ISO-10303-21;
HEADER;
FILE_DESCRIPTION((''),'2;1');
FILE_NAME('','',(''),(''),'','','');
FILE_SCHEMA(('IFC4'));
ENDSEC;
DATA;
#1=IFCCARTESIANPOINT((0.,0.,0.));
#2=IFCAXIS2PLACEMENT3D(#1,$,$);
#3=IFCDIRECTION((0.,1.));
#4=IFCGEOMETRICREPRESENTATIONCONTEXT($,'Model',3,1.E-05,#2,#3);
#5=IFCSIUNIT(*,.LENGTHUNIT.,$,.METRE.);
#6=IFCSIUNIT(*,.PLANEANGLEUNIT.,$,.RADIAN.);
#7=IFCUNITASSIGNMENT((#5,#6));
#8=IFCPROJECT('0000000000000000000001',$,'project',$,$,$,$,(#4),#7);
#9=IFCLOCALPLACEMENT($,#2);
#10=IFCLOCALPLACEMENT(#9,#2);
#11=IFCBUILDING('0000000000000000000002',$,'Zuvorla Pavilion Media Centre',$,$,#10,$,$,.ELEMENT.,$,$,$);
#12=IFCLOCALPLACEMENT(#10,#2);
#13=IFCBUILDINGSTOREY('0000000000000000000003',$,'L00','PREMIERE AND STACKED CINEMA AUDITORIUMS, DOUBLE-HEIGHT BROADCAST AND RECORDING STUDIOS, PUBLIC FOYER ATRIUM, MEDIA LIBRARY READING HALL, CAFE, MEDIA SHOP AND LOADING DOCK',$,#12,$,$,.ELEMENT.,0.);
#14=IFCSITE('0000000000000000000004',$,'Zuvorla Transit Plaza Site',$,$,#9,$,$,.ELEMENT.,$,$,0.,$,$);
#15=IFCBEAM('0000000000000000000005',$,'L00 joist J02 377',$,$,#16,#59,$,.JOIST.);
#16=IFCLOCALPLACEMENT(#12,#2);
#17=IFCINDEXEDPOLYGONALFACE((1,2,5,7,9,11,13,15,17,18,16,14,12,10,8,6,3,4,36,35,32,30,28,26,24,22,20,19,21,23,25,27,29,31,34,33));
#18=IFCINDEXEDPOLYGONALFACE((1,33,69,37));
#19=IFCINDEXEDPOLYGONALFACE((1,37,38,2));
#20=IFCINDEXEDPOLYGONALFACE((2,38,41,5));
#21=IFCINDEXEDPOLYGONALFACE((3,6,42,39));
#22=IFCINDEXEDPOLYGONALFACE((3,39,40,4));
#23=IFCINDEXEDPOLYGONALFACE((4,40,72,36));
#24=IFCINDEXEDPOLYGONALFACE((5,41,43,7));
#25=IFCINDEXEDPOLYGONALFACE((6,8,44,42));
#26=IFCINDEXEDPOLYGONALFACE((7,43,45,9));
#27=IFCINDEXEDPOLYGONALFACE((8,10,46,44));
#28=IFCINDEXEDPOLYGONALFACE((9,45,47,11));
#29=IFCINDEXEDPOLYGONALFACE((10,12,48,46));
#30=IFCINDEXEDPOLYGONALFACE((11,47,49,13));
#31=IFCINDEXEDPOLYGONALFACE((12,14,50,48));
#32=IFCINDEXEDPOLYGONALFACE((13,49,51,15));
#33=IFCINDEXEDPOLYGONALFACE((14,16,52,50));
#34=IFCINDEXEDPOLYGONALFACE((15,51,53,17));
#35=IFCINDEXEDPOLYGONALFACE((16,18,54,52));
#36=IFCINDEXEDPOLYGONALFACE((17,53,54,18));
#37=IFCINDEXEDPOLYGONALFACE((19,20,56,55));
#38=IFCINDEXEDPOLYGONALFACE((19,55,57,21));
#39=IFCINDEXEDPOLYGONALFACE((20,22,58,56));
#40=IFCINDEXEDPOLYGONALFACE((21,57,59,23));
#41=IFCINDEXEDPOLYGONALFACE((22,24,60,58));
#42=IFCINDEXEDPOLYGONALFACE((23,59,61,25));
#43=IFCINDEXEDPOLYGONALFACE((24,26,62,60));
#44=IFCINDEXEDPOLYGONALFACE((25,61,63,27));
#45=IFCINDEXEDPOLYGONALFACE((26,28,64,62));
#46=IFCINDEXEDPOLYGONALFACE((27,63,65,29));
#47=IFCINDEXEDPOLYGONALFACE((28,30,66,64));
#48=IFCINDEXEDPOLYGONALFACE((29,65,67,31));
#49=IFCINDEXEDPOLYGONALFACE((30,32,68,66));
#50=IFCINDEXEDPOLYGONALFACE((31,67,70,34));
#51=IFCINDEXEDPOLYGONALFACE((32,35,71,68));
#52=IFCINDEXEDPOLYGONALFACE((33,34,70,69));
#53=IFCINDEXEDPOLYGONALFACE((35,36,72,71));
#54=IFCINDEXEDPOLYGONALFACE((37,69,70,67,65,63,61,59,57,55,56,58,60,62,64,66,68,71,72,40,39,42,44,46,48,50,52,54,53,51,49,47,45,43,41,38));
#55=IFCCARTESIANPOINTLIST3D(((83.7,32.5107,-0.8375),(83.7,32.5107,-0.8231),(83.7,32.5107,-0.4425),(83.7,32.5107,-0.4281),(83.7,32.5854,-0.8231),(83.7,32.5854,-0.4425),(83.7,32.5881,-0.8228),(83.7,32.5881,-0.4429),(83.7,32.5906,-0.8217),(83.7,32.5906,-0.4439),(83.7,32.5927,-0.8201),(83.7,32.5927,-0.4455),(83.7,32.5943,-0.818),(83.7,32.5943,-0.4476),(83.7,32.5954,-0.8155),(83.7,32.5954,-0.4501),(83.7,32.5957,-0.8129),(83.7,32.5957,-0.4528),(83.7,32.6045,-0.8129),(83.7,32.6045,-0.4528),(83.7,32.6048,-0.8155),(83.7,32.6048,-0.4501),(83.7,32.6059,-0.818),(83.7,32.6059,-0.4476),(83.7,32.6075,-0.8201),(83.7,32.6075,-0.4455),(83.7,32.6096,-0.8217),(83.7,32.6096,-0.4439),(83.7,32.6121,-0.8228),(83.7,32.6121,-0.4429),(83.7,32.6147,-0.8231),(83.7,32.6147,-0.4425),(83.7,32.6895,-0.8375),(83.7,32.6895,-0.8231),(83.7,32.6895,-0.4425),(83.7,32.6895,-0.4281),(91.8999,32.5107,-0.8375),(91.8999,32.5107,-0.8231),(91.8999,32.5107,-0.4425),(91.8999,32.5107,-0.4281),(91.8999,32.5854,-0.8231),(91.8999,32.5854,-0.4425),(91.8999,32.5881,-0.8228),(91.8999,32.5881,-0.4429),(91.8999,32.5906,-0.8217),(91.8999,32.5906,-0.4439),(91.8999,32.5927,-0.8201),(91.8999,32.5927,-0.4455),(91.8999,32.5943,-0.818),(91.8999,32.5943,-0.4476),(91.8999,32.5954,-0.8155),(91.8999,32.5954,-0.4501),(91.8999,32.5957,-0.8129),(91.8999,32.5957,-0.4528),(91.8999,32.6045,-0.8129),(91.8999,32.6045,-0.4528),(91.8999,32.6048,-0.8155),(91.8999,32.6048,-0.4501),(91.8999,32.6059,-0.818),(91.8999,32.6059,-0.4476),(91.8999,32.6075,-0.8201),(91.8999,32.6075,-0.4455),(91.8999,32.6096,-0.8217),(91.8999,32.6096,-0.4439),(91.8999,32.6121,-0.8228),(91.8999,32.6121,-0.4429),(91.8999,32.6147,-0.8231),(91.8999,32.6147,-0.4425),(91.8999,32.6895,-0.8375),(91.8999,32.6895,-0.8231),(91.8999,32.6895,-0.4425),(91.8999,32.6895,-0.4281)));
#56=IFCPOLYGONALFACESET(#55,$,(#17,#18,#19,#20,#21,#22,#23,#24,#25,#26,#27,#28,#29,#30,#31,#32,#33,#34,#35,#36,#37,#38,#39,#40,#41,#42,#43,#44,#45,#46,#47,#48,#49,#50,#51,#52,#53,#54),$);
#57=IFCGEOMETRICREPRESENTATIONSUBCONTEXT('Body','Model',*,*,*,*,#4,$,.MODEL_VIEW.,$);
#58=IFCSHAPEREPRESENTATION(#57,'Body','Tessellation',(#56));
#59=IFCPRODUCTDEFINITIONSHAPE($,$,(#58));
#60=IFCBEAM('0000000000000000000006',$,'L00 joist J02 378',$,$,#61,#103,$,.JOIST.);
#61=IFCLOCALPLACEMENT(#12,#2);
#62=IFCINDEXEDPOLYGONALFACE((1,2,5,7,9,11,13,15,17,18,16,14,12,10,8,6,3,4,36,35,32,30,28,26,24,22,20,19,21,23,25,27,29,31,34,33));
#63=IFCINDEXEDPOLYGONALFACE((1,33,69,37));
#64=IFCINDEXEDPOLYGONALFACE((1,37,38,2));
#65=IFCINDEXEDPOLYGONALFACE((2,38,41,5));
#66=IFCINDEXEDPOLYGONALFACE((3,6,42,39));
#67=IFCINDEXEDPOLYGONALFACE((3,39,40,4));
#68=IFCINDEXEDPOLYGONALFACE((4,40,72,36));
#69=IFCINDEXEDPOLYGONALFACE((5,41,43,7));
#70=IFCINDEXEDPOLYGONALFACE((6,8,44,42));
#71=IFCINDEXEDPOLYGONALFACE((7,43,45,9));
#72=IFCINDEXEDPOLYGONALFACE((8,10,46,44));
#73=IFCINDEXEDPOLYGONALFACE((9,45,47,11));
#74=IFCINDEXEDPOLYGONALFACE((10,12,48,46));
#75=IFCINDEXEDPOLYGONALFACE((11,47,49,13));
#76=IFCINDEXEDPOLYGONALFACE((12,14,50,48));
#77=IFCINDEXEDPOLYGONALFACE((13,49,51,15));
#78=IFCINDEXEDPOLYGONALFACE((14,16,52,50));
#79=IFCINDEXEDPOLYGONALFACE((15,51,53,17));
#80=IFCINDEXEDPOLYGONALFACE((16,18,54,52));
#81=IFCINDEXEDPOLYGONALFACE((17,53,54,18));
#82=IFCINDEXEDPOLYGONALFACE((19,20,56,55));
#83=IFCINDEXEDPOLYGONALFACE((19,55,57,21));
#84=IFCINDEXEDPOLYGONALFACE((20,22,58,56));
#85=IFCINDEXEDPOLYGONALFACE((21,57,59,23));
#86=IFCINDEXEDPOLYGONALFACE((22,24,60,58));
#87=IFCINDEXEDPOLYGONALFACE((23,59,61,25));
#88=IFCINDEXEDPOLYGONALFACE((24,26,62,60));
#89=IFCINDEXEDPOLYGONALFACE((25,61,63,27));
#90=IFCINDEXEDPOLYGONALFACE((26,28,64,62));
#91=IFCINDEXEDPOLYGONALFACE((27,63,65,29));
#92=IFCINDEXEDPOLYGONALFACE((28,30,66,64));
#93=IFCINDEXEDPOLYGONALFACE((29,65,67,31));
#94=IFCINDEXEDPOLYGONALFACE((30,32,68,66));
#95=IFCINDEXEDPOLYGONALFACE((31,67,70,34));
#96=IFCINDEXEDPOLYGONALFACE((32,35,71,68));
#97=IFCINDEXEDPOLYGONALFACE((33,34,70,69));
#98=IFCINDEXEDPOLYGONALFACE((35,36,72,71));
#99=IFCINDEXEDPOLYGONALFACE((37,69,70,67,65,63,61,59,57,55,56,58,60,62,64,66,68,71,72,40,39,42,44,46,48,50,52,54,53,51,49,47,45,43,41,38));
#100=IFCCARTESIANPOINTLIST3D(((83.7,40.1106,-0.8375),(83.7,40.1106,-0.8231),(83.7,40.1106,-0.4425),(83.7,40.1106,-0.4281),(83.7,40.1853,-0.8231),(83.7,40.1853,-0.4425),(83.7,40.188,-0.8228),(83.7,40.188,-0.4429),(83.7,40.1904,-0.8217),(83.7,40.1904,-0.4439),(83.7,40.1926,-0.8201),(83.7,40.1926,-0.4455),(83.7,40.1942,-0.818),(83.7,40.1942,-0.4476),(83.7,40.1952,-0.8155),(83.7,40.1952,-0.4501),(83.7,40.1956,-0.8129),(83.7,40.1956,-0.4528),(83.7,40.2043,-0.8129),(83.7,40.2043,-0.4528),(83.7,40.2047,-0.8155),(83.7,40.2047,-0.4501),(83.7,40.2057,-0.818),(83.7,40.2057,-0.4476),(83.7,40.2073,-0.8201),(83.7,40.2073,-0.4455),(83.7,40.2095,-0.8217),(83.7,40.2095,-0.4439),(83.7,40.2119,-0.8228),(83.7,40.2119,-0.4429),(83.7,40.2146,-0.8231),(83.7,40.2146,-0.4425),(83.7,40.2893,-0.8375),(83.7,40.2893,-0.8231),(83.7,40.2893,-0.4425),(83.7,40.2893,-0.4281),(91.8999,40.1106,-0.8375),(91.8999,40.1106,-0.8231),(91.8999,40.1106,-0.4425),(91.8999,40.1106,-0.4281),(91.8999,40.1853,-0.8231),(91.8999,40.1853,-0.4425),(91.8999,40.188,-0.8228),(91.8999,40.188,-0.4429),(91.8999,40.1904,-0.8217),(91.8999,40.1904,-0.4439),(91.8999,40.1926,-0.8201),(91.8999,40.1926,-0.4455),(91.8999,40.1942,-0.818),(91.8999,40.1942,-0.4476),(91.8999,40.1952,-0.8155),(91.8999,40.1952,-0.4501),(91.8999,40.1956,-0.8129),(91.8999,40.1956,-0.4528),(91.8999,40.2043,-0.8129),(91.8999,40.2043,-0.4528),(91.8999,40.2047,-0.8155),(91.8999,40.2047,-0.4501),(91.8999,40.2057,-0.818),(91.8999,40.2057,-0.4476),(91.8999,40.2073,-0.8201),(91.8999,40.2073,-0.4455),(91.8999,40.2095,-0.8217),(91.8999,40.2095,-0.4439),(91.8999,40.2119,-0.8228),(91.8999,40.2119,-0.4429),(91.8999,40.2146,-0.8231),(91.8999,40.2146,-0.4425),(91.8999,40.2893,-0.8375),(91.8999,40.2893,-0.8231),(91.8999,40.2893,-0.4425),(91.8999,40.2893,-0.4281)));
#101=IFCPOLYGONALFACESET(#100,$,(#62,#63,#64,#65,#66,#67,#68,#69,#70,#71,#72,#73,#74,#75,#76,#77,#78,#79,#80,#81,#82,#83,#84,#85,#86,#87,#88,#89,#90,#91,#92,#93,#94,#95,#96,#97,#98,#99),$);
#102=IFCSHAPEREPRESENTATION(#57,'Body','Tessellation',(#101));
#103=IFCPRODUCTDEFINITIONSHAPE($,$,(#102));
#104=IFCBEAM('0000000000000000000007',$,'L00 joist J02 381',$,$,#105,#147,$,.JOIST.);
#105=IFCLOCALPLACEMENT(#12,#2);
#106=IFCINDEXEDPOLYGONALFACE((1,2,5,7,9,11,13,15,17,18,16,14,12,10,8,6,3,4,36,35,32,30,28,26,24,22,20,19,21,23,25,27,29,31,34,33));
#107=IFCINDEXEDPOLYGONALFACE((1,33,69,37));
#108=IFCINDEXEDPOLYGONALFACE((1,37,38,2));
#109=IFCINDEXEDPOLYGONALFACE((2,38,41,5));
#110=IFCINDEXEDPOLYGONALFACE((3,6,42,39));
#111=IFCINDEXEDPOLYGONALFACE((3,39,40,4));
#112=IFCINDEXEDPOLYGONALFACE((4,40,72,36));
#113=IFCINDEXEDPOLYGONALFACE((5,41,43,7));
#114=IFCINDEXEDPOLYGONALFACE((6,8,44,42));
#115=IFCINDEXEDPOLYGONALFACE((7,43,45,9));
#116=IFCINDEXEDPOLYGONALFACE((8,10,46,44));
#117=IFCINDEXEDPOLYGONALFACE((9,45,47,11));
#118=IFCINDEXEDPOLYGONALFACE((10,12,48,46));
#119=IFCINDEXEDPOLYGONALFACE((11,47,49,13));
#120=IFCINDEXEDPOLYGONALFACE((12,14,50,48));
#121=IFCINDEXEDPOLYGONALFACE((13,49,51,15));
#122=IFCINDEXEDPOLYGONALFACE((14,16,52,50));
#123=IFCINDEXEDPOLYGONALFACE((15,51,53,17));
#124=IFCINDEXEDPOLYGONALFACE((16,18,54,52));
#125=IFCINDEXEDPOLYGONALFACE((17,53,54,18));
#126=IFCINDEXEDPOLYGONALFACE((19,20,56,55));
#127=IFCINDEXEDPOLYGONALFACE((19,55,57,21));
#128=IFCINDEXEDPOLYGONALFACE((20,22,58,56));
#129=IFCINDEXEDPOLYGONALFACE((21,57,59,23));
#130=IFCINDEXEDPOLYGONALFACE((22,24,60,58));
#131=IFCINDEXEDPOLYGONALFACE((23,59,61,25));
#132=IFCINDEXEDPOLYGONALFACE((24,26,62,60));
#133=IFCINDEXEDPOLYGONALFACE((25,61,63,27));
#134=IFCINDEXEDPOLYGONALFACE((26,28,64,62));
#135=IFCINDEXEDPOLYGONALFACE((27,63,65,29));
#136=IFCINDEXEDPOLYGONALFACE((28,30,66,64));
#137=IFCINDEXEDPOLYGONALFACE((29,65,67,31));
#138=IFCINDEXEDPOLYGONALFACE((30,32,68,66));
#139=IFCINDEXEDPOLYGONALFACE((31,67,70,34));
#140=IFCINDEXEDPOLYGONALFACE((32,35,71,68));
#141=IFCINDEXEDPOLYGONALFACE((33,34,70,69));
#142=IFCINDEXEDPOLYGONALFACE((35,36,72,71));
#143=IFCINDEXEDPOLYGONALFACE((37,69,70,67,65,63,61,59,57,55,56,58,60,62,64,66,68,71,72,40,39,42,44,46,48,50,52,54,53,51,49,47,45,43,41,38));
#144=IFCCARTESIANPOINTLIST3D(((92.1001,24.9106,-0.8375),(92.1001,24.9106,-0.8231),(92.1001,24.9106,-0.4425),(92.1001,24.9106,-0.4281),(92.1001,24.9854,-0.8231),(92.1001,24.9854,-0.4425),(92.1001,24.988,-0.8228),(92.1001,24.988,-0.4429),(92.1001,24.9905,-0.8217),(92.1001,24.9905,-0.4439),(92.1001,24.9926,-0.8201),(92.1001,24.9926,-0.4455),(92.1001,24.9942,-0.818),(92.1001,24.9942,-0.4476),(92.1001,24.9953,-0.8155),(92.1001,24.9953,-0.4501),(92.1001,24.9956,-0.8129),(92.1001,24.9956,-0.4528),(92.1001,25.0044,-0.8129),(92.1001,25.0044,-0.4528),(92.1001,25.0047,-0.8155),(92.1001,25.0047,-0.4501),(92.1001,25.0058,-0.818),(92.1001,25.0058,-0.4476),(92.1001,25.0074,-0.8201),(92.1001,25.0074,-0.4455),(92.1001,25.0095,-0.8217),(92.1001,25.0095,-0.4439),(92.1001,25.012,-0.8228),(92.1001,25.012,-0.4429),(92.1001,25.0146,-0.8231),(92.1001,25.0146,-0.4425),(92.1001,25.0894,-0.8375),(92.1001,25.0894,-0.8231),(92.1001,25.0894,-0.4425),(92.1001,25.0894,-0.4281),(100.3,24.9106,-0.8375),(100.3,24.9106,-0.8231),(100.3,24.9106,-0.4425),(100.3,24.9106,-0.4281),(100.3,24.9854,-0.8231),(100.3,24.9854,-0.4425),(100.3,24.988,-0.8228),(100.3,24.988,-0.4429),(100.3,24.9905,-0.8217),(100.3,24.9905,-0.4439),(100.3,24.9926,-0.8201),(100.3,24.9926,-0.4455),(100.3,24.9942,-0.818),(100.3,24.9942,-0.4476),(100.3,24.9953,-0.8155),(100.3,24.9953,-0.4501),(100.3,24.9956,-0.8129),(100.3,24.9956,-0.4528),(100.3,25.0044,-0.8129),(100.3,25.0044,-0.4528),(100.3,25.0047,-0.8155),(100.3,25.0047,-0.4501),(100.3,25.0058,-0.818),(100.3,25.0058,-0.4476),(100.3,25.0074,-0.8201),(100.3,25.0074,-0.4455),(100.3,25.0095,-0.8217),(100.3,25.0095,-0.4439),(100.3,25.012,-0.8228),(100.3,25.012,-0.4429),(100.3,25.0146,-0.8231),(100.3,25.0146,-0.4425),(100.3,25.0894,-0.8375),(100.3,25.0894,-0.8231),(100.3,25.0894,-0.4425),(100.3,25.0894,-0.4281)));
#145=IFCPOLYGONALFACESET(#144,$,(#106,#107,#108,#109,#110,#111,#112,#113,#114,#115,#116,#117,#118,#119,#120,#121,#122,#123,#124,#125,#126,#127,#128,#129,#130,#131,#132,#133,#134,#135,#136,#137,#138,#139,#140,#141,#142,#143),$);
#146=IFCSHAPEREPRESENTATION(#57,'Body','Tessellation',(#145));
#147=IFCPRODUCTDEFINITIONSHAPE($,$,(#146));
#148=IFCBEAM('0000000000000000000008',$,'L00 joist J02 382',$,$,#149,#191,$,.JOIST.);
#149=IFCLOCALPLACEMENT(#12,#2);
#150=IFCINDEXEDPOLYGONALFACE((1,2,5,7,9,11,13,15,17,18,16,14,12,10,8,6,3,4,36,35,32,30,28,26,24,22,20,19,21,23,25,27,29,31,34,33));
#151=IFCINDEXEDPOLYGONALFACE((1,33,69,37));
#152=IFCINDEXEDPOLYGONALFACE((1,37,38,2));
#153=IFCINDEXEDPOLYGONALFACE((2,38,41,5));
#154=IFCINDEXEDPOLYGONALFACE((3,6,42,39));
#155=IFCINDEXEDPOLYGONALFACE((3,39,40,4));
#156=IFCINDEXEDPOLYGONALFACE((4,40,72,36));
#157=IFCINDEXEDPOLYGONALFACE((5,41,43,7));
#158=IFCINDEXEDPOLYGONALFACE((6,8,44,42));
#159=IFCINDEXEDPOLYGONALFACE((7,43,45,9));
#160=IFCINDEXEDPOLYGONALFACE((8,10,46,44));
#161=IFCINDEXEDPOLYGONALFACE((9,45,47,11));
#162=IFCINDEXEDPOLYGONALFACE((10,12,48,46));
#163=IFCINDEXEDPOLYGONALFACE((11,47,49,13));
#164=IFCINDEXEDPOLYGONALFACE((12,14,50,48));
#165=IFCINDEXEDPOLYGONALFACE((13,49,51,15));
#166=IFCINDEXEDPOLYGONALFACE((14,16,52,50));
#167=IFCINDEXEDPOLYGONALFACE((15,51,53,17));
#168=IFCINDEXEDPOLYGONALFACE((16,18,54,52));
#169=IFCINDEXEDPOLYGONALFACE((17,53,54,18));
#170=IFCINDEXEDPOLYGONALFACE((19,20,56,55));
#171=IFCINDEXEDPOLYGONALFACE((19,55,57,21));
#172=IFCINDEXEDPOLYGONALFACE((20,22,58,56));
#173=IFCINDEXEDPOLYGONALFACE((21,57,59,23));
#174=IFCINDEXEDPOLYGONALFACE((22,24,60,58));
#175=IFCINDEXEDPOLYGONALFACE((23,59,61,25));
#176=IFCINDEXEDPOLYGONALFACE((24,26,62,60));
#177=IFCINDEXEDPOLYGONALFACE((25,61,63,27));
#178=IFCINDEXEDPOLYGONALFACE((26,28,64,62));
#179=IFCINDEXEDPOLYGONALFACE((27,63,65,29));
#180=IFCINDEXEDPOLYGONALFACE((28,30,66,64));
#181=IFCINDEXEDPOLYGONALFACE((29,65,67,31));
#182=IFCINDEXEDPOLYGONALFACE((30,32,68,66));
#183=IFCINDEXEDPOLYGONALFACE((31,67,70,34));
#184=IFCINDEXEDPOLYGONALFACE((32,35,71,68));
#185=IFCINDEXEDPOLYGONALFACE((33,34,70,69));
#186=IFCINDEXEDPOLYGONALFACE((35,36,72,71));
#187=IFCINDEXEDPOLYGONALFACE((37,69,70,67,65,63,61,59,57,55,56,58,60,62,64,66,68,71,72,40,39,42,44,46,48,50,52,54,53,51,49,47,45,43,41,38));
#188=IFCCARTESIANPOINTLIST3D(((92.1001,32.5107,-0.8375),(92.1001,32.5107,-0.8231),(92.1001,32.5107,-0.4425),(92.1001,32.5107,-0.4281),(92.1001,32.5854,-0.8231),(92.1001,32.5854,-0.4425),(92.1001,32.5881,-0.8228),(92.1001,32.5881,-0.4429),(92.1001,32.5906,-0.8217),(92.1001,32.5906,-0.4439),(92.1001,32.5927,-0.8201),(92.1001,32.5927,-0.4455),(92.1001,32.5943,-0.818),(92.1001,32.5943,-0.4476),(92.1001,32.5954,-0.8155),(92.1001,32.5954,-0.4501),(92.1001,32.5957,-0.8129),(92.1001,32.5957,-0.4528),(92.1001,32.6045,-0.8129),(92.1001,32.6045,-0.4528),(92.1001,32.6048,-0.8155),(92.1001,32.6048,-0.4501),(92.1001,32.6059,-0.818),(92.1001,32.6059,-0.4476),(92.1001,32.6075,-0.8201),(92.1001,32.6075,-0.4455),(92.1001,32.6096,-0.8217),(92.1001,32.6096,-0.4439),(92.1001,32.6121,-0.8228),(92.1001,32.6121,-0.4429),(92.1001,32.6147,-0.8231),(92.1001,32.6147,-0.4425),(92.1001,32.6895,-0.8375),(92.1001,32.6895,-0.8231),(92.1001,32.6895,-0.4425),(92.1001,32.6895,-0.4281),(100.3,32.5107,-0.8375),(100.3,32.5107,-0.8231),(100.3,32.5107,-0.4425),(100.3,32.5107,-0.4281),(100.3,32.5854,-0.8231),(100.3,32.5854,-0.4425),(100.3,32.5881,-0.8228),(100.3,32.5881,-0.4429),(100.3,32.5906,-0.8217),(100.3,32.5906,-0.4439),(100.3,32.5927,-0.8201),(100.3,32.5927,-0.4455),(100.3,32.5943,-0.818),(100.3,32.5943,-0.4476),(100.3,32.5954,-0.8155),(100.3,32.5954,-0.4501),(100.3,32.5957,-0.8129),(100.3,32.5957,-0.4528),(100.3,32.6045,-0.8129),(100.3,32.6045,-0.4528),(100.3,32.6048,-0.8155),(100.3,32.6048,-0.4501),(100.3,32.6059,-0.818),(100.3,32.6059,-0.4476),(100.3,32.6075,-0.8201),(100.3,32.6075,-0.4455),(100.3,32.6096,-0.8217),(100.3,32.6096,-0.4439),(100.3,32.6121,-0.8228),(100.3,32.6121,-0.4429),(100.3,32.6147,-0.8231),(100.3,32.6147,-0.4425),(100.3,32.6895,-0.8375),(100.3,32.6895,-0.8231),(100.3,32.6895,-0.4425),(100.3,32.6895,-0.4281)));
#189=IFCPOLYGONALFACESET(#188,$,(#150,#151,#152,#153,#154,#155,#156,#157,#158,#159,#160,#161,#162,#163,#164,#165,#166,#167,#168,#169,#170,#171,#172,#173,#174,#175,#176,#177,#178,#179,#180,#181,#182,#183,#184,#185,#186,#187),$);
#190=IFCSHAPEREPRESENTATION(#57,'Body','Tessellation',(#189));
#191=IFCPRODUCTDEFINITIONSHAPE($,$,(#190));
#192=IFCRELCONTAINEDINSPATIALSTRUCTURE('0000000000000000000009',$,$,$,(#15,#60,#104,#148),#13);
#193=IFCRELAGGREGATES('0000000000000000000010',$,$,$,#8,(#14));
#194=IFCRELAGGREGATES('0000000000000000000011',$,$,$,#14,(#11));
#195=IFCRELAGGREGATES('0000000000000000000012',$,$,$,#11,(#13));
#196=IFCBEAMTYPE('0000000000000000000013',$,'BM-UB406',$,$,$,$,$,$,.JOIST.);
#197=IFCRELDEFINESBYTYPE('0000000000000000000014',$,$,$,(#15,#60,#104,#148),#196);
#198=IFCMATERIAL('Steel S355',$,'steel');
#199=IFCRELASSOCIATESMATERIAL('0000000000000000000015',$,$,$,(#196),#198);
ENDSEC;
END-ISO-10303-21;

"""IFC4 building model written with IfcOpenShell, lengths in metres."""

from ifc_helpers import new_model, si_unit, direction, frame, origin, origin_2d, place, context, subcontext, project, spatial, i_section, extrude, material, material_profile, profile_set, type_object, element, save


model = new_model("IFC4")

# Units and contexts
model_context = context("Model", 3, precision=1e-05, world=origin(), true_north=direction((0.0, 1.0)))
body_context = subcontext(model_context, "Body", "Model", "MODEL_VIEW")
ifc_project = project(units=[si_unit("LENGTHUNIT", "METRE"), si_unit("PLANEANGLEUNIT", "RADIAN")], contexts=[model_context])

# Site, building, storey
site_placement = place(None, origin())
site = spatial("IfcSite", under=ifc_project, at=site_placement, Name="Zuvorla Transit Plaza Site", CompositionType="ELEMENT", RefElevation=0.0)
building_placement = place(site_placement, origin())
building = spatial("IfcBuilding", under=site, at=building_placement, Name="Zuvorla Pavilion Media Centre", CompositionType="ELEMENT")
storey_placement = place(building_placement, origin())
storey = spatial("IfcBuildingStorey", under=building, at=storey_placement, Name="L00", Description="PREMIERE AND STACKED CINEMA AUDITORIUMS, DOUBLE-HEIGHT BROADCAST AND RECORDING STUDIOS, PUBLIC FOYER ATRIUM, MEDIA LIBRARY READING HALL, CAFE, MEDIA SHOP AND LOADING DOCK", CompositionType="ELEMENT", Elevation=0.0)

# Beams
ifc_material_1 = material(Name="Steel S355", Category="steel")
ifc_material_profile_1 = material_profile(ifc_material_1, i_section(OverallWidth=0.1787, OverallDepth=0.4094, WebThickness=0.0088, FlangeThickness=0.0144, FilletRadius=0.0103, at=origin_2d()), Name="UB 406x178x67")
ifc_profile_set_1 = profile_set([ifc_material_profile_1], Name="Steel S355")
beam_type_1 = type_object("IfcBeamType", Name="BM-UB406", PredefinedType="JOIST", material=ifc_profile_set_1)
for number, where, z_axis, x_axis, name in (
    (1, (83.7, 32.6001, -0.6328), (1.0, 0.0, 0.0), (0.0, 1.0, 0.0), "L00 joist J02 377"),
    (2, (83.7, 40.2, -0.6328), (1.0, 0.0, 0.0), (0.0, 1.0, 0.0), "L00 joist J02 378"),
    (3, (92.1001, 25.0, -0.6328), (1.0, 0.0, 0.0), (0.0, 1.0, 0.0), "L00 joist J02 381"),
    (4, (92.1001, 32.6001, -0.6328), (1.0, 0.0, 0.0), (0.0, 1.0, 0.0), "L00 joist J02 382"),
):
    element("IfcBeam", number, at=place(storey_placement, frame(where, z_axis=z_axis, x_axis=x_axis)), inside=storey, type_object=beam_type_1, Name=name, PredefinedType="JOIST", context=body_context, shape_type="SweptSolid", body=[
        extrude(i_section(OverallWidth=0.1787, OverallDepth=0.4094, WebThickness=0.0088, FlangeThickness=0.0144, FilletRadius=0.0103, at=origin_2d()), origin(), (0.0, 0.0, 1.0), 8.2),
    ])

save(model, "model.ifc")
